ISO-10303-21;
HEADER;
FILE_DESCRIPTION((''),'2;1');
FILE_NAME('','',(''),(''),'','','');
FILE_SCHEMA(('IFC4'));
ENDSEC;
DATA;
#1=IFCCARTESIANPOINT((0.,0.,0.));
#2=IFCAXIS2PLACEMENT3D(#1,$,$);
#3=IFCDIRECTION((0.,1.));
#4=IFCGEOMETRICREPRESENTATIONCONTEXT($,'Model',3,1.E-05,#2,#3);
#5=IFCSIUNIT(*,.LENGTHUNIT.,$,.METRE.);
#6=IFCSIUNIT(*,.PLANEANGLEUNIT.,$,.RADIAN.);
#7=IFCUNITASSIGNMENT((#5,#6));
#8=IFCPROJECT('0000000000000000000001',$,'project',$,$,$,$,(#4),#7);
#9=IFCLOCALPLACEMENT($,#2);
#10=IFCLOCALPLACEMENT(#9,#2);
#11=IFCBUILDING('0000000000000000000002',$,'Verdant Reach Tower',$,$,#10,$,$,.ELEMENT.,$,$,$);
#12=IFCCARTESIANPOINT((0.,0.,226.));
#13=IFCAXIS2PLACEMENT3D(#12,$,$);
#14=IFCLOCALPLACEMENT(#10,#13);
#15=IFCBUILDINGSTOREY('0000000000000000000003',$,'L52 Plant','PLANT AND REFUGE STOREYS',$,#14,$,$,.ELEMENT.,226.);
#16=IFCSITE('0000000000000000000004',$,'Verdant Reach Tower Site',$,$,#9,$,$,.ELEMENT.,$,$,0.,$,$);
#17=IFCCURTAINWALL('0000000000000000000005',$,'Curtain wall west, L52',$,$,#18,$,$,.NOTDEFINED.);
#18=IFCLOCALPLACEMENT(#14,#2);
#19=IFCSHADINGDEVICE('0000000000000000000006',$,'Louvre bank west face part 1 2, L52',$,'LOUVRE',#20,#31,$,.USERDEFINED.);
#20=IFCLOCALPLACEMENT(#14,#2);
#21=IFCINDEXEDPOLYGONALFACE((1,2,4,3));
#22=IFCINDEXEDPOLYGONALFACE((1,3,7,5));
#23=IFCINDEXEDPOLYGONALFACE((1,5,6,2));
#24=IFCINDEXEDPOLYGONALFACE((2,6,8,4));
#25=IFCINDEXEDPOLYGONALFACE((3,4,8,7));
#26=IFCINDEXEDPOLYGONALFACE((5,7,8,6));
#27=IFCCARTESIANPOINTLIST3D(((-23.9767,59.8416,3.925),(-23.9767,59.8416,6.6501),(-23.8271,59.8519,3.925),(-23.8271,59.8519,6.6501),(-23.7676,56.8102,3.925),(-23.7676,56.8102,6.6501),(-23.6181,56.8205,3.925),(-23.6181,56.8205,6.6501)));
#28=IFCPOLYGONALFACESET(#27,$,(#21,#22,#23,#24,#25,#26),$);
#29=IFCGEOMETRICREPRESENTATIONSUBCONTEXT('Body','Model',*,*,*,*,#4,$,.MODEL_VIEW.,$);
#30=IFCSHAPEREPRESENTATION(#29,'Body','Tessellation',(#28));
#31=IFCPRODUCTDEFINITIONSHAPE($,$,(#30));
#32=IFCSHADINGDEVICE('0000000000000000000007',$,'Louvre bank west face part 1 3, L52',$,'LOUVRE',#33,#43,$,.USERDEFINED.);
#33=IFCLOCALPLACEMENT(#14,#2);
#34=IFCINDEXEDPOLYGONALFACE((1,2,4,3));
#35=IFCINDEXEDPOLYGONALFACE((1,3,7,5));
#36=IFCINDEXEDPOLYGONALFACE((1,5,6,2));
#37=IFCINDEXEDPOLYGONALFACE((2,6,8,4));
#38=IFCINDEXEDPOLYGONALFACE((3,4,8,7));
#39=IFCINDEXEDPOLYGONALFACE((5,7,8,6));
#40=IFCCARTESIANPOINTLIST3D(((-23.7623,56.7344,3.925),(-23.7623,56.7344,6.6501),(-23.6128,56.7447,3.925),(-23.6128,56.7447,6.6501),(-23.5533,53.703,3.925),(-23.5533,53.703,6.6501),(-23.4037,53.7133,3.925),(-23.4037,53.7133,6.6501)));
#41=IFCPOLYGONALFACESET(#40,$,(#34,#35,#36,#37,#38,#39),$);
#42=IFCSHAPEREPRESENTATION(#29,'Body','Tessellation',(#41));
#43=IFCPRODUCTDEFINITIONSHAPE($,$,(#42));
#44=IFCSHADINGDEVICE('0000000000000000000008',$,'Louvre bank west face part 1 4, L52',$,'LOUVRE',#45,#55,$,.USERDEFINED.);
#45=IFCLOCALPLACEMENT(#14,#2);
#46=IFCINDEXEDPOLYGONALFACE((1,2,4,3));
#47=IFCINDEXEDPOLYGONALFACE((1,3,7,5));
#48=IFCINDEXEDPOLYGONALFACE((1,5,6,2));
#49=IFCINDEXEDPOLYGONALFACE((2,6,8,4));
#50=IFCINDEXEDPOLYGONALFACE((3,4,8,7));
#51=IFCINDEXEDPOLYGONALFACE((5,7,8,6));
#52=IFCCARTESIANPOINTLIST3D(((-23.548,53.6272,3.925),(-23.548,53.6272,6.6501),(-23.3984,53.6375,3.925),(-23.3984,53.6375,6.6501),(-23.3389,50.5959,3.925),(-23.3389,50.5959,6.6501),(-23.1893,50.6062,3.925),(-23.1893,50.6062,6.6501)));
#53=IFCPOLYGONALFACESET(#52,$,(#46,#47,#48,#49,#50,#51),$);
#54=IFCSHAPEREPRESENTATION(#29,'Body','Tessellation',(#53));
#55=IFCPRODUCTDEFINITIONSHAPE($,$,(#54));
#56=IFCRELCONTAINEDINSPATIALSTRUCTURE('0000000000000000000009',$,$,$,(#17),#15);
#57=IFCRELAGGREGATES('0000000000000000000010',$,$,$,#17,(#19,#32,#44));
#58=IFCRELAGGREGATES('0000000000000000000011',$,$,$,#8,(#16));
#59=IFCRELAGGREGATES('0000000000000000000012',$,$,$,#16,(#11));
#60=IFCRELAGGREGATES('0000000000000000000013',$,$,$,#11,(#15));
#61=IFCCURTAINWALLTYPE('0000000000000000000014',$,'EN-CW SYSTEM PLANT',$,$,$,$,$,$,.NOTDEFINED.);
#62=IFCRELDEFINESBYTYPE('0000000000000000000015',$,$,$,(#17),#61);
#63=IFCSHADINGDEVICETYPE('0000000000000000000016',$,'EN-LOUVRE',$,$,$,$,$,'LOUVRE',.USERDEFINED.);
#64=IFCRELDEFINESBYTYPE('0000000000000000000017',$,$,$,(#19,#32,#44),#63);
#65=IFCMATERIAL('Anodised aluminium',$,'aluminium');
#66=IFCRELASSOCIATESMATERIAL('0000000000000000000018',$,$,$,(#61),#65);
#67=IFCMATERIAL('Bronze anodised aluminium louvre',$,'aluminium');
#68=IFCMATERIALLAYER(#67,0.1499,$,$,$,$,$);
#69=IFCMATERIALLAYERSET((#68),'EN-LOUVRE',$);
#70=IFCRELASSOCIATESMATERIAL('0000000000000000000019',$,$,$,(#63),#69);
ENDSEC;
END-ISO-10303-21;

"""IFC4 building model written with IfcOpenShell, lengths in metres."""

from ifc_helpers import new_model, si_unit, direction, frame, origin, origin_2d, place, context, subcontext, project, spatial, rectangle, extrude, material, layer, layer_set, type_object, element, aggregate, save


model = new_model("IFC4")

# Units and contexts
model_context = context("Model", 3, precision=1e-05, world=origin(), true_north=direction((0.0, 1.0)))
body_context = subcontext(model_context, "Body", "Model", "MODEL_VIEW")
ifc_project = project(units=[si_unit("LENGTHUNIT", "METRE"), si_unit("PLANEANGLEUNIT", "RADIAN")], contexts=[model_context])

# Site, building, storey
site_placement = place(None, origin())
site = spatial("IfcSite", under=ifc_project, at=site_placement, Name="Verdant Reach Tower Site", CompositionType="ELEMENT", RefElevation=0.0)
building_placement = place(site_placement, origin())
building = spatial("IfcBuilding", under=site, at=building_placement, Name="Verdant Reach Tower", CompositionType="ELEMENT")
storey_placement = place(building_placement, frame((0.0, 0.0, 226.0)))
storey = spatial("IfcBuildingStorey", under=building, at=storey_placement, Name="L52 Plant", Description="PLANT AND REFUGE STOREYS", CompositionType="ELEMENT", Elevation=226.0)

# Curtain wall
ifc_material_1 = material(Name="Anodised aluminium", Category="aluminium")
curtain_wall_type = type_object("IfcCurtainWallType", Name="EN-CW SYSTEM PLANT", PredefinedType="NOTDEFINED", material=ifc_material_1)
curtain_wall_1_placement = place(storey_placement, origin())
curtain_wall_1 = element("IfcCurtainWall", 1, at=curtain_wall_1_placement, inside=storey, type_object=curtain_wall_type, Name="Curtain wall west, L52", PredefinedType="NOTDEFINED")

# Shading devices
ifc_material_2 = material(Name="Bronze anodised aluminium louvre", Category="aluminium")
ifc_layer_1 = layer(ifc_material_2, 0.1499)
ifc_layer_set_1 = layer_set([ifc_layer_1], Name="EN-LOUVRE")
shading_device_type = type_object("IfcShadingDeviceType", Name="EN-LOUVRE", ElementType="LOUVRE", PredefinedType="USERDEFINED", material=ifc_layer_set_1)
shading_device_1_placement = place(storey_placement, frame((-23.7974, 58.3311, 3.925), z_axis=(0.0, 0.0, 1.0), x_axis=(0.068802, -0.99763, 0.0)))
shading_device_1 = element("IfcShadingDevice", 2, at=shading_device_1_placement, type_object=shading_device_type, Name="Louvre bank west face part 1 2, L52", ObjectType="LOUVRE", PredefinedType="USERDEFINED", context=body_context, shape_type="SweptSolid", body=[
    extrude(rectangle(XDim=3.0386, YDim=0.1499, at=origin_2d()), origin(), (0.0, 0.0, 1.0), 2.7251),
])
shading_device_2_placement = place(storey_placement, frame((-23.583, 55.2239, 3.925), z_axis=(0.0, 0.0, 1.0), x_axis=(0.068802, -0.99763, 0.0)))
shading_device_2 = element("IfcShadingDevice", 3, at=shading_device_2_placement, type_object=shading_device_type, Name="Louvre bank west face part 1 3, L52", ObjectType="LOUVRE", PredefinedType="USERDEFINED", context=body_context, shape_type="SweptSolid", body=[
    extrude(rectangle(XDim=3.0386, YDim=0.1499, at=origin_2d()), origin(), (0.0, 0.0, 1.0), 2.7251),
])
shading_device_3_placement = place(storey_placement, frame((-23.3687, 52.1167, 3.925), z_axis=(0.0, 0.0, 1.0), x_axis=(0.068802, -0.99763, 0.0)))
shading_device_3 = element("IfcShadingDevice", 4, at=shading_device_3_placement, type_object=shading_device_type, Name="Louvre bank west face part 1 4, L52", ObjectType="LOUVRE", PredefinedType="USERDEFINED", context=body_context, shape_type="SweptSolid", body=[
    extrude(rectangle(XDim=3.0386, YDim=0.1499, at=origin_2d()), origin(), (0.0, 0.0, 1.0), 2.7251),
])
aggregate(curtain_wall_1, [shading_device_1, shading_device_2, shading_device_3])

save(model, "model.ifc")
